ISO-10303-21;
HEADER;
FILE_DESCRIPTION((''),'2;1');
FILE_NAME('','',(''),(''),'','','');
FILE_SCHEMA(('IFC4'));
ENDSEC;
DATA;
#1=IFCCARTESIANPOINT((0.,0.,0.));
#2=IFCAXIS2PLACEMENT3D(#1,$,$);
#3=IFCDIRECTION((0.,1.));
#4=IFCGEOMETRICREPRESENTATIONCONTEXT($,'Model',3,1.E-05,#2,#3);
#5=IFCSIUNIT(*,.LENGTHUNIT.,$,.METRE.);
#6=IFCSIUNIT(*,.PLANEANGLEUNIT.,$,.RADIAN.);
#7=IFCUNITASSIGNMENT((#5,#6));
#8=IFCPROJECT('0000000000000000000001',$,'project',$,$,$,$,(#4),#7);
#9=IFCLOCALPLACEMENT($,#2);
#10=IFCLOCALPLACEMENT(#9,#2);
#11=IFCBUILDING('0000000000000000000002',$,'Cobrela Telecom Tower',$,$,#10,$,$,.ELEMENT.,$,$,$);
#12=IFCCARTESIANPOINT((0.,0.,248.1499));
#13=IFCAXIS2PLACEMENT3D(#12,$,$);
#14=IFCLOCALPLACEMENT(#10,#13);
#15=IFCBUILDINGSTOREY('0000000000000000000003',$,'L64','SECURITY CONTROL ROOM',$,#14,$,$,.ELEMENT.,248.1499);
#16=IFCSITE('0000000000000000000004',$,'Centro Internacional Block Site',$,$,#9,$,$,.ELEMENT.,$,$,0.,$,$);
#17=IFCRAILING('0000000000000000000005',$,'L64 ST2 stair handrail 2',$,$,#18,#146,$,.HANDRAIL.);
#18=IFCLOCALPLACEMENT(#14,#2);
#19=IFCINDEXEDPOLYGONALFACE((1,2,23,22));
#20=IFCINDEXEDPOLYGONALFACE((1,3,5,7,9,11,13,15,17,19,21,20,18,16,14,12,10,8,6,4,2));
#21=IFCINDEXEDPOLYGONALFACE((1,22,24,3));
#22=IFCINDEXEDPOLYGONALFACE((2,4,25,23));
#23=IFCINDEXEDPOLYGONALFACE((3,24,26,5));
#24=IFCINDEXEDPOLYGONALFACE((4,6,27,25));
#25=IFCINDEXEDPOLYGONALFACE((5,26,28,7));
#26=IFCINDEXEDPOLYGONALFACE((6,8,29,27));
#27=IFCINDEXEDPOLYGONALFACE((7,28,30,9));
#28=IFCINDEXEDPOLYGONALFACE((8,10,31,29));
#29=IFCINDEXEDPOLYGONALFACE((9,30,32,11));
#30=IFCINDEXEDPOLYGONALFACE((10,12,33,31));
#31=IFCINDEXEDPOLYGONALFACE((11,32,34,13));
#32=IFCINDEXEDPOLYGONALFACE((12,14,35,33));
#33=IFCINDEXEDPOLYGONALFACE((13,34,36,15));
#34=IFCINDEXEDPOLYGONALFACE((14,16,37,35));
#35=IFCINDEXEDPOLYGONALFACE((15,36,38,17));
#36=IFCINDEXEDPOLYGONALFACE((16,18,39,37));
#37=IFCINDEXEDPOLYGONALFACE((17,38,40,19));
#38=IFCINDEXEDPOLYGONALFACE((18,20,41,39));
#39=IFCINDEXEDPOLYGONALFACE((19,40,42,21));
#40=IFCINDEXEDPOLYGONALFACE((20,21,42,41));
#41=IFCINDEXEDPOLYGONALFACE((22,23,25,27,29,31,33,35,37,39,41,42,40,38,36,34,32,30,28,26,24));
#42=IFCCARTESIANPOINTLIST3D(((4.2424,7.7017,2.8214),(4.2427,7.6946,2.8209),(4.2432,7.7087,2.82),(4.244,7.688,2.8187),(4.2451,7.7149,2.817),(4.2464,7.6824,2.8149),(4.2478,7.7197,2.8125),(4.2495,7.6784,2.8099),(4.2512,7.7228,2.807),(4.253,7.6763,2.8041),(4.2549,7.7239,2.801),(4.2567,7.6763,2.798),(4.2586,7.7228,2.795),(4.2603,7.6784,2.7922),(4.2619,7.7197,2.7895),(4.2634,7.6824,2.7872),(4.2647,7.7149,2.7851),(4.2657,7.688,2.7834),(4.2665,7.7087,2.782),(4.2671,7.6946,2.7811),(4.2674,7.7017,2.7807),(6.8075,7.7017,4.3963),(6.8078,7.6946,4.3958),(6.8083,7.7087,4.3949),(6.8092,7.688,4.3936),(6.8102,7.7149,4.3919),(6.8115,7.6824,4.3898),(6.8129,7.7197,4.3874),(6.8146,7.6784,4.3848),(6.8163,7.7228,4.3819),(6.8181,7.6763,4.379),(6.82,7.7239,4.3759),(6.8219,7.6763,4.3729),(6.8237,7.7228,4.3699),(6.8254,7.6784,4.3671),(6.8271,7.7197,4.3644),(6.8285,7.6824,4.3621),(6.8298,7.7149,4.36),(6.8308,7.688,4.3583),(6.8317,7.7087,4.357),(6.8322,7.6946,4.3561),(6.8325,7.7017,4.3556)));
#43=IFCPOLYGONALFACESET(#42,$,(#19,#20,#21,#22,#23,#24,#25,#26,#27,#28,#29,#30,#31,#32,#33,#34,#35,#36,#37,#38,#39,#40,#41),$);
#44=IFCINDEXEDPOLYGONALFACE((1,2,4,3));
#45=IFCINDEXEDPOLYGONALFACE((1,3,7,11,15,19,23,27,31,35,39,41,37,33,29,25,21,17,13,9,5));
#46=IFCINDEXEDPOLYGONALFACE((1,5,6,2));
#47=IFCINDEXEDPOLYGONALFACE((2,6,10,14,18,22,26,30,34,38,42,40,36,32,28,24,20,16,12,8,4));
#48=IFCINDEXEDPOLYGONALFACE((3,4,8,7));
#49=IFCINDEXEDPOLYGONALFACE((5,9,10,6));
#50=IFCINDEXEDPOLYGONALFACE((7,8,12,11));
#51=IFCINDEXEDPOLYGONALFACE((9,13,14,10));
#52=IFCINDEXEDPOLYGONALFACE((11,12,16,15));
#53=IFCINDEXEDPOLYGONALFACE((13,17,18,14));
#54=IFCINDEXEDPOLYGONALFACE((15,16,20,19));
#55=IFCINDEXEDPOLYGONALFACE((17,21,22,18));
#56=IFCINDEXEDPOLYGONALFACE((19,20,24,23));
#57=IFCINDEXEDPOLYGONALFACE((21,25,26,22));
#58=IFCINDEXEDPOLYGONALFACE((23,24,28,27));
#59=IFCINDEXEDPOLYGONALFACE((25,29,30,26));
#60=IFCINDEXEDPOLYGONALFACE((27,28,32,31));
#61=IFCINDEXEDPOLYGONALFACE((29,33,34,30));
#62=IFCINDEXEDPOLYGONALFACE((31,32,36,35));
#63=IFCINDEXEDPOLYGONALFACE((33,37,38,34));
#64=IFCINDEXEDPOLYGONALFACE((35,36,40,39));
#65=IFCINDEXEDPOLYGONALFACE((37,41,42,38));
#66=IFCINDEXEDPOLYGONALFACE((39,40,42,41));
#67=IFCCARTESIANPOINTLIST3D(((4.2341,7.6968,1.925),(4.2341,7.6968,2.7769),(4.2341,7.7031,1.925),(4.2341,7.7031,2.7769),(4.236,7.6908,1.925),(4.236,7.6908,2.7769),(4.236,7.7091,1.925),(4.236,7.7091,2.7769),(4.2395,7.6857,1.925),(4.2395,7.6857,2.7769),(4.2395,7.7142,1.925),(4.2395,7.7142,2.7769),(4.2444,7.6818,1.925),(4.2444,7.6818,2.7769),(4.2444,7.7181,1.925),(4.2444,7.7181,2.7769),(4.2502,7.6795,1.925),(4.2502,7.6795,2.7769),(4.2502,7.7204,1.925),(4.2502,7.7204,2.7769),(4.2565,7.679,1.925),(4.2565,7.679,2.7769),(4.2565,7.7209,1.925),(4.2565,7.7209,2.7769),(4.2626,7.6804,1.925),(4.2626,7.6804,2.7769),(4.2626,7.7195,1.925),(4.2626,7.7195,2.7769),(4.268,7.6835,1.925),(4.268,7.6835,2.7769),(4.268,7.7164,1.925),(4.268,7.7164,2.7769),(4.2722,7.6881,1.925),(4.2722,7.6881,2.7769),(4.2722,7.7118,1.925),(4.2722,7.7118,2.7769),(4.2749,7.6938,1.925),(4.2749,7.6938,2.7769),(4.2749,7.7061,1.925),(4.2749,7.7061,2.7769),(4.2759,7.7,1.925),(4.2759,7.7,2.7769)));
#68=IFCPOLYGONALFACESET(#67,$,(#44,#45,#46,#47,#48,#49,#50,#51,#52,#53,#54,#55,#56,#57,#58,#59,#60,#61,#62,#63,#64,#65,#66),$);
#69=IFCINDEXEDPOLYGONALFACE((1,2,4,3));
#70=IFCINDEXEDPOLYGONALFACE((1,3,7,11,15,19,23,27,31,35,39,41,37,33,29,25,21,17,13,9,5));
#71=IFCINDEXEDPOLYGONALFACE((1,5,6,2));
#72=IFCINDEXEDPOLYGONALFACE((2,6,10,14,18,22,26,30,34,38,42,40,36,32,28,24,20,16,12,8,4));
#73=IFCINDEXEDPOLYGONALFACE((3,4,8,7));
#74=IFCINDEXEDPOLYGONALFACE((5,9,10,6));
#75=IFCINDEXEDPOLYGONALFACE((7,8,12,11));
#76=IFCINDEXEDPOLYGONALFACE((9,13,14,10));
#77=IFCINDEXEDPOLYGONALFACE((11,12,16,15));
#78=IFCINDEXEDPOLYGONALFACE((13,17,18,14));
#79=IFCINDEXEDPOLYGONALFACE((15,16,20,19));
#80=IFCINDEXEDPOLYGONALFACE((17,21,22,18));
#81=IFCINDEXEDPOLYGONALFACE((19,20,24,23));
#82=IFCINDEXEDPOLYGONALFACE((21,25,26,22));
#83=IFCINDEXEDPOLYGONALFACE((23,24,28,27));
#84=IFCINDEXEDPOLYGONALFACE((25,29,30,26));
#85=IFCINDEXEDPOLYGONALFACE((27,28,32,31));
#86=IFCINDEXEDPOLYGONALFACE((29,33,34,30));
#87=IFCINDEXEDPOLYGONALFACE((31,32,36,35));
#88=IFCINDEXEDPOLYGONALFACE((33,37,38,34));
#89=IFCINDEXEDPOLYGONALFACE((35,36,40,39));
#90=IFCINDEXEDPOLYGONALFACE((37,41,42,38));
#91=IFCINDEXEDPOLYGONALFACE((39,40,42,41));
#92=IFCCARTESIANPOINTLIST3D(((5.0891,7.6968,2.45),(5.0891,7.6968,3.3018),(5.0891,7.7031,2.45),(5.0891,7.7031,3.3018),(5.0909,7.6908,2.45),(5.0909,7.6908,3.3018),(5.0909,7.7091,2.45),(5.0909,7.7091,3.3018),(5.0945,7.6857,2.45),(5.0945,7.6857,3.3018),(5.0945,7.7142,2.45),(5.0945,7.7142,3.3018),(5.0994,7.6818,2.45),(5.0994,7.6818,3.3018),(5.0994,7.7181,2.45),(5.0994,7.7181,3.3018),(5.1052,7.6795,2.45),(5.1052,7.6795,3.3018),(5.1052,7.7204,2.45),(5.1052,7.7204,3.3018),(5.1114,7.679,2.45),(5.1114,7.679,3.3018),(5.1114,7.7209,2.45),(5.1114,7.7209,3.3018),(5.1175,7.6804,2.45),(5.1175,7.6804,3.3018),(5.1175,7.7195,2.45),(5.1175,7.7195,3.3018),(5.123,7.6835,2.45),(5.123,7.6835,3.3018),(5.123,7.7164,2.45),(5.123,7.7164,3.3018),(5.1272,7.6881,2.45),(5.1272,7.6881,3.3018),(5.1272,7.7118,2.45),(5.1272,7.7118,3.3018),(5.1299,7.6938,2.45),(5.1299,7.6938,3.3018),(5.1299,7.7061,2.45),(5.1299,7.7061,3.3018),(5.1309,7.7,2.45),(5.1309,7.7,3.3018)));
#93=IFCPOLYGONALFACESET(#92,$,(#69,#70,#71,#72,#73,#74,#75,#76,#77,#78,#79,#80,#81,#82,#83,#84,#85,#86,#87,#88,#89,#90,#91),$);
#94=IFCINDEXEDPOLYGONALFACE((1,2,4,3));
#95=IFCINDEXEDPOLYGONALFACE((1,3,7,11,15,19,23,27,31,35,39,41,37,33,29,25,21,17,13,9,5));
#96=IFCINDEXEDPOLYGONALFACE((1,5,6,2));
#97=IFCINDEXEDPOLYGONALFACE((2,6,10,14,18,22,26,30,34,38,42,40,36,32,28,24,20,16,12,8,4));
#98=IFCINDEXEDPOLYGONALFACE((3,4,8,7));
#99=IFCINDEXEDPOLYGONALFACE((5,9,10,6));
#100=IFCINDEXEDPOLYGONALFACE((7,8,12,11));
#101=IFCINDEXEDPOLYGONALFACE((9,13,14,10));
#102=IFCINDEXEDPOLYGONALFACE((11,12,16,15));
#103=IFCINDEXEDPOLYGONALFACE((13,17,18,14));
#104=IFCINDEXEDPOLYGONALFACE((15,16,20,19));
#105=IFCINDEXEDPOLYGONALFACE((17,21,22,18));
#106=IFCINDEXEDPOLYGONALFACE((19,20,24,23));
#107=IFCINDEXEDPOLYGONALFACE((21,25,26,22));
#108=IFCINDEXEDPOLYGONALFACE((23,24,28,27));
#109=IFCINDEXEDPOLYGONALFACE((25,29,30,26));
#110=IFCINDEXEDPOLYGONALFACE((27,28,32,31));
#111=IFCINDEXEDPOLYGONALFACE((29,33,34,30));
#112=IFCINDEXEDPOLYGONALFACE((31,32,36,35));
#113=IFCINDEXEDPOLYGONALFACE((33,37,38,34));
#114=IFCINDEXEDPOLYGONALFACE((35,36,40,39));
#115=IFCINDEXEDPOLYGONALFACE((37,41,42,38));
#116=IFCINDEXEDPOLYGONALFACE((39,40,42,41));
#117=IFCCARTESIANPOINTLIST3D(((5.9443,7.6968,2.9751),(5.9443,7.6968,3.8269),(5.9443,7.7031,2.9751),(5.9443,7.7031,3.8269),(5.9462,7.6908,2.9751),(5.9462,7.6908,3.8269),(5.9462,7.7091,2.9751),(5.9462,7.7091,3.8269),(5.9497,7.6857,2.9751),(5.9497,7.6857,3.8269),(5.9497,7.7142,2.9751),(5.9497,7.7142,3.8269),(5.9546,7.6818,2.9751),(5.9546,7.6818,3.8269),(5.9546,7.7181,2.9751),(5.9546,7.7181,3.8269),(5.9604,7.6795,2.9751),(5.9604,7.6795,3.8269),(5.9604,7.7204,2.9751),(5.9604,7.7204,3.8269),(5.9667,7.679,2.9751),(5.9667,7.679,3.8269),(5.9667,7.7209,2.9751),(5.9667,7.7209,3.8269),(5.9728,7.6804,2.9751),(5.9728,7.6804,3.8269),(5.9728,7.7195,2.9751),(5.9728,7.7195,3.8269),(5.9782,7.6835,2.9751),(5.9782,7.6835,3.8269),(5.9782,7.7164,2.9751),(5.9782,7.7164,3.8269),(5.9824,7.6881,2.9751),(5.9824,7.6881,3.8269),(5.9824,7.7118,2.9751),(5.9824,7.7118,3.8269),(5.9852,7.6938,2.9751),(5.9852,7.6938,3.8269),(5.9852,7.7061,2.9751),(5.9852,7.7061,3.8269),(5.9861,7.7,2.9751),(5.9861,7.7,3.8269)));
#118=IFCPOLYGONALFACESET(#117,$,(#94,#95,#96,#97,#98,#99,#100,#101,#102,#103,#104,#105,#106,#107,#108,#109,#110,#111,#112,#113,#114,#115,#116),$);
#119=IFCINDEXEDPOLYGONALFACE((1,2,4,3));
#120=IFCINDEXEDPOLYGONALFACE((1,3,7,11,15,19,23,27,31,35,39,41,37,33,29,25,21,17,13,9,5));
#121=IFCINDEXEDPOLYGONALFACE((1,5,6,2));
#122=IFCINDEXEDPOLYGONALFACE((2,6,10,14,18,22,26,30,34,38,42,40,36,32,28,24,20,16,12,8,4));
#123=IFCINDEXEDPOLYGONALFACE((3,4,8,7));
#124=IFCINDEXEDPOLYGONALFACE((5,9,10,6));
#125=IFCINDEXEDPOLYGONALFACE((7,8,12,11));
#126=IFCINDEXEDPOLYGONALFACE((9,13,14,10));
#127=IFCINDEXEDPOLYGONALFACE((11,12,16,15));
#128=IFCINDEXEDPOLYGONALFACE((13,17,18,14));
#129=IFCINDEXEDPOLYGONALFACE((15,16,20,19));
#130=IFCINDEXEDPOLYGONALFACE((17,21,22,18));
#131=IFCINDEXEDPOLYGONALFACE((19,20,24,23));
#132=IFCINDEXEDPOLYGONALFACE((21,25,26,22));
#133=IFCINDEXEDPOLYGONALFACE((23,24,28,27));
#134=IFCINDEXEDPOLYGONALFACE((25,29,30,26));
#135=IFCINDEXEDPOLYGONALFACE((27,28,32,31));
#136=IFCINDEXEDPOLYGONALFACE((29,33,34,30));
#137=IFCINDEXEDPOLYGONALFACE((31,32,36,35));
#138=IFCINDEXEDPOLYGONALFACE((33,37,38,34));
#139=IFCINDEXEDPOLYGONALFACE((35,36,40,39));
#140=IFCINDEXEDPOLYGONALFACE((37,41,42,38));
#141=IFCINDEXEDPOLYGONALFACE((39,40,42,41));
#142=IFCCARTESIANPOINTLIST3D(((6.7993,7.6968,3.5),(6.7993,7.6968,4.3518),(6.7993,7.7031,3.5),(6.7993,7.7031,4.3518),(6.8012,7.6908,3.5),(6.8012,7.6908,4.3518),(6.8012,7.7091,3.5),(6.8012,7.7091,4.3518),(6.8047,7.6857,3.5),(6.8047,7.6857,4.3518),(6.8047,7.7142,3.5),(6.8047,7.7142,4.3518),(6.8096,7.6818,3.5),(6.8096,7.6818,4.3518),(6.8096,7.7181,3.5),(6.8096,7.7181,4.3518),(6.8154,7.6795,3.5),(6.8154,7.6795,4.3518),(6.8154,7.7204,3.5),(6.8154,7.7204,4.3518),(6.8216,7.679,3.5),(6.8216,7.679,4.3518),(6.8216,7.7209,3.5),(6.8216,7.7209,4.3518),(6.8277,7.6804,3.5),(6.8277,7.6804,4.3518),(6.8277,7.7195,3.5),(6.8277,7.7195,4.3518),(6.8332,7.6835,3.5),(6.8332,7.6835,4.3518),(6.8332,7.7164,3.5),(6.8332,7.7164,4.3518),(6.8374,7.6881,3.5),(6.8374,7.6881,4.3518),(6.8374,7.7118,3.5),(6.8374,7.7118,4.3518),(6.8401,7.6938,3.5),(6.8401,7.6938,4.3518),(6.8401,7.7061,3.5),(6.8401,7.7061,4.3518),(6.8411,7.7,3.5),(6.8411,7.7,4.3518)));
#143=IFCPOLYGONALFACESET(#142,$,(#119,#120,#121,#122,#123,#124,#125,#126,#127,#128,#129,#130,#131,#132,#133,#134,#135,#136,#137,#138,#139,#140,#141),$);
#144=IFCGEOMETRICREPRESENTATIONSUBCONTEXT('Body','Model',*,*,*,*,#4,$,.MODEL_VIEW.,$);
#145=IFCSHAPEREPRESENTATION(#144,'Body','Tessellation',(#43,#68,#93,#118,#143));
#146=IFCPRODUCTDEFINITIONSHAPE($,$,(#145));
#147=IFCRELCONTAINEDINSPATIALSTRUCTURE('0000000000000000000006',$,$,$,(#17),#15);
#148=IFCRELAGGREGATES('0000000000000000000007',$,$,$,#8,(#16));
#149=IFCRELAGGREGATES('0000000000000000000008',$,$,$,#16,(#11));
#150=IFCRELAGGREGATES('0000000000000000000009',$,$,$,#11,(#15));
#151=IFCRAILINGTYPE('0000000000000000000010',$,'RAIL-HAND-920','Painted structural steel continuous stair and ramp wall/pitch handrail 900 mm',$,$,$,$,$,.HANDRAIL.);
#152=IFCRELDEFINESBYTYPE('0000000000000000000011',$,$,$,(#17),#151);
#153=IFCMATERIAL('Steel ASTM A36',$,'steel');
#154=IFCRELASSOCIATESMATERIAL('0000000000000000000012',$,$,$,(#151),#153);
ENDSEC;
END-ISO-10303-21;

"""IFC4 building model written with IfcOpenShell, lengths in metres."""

from ifc_helpers import new_model, si_unit, direction, frame, origin, origin_2d, place, context, subcontext, project, spatial, circle, extrude, material, type_object, element, save


model = new_model("IFC4")

# Units and contexts
model_context = context("Model", 3, precision=1e-05, world=origin(), true_north=direction((0.0, 1.0)))
body_context = subcontext(model_context, "Body", "Model", "MODEL_VIEW")
ifc_project = project(units=[si_unit("LENGTHUNIT", "METRE"), si_unit("PLANEANGLEUNIT", "RADIAN")], contexts=[model_context])

# Site, building, storey
site_placement = place(None, origin())
site = spatial("IfcSite", under=ifc_project, at=site_placement, Name="Centro Internacional Block Site", CompositionType="ELEMENT", RefElevation=0.0)
building_placement = place(site_placement, origin())
building = spatial("IfcBuilding", under=site, at=building_placement, Name="Cobrela Telecom Tower", CompositionType="ELEMENT")
storey_placement = place(building_placement, frame((0.0, 0.0, 248.1499)))
storey = spatial("IfcBuildingStorey", under=building, at=storey_placement, Name="L64", Description="SECURITY CONTROL ROOM", CompositionType="ELEMENT", Elevation=248.1499)

# Railing
ifc_material_1 = material(Name="Steel ASTM A36", Category="steel")
railing_type_1 = type_object("IfcRailingType", Name="RAIL-HAND-920", Description="Painted structural steel continuous stair and ramp wall/pitch handrail 900 mm", PredefinedType="HANDRAIL", material=ifc_material_1)
railing_1_placement = place(storey_placement, frame((4.2549, 7.7, 1.925)))
element("IfcRailing", 1, at=railing_1_placement, inside=storey, type_object=railing_type_1, Name="L64 ST2 stair handrail 2", PredefinedType="HANDRAIL", context=body_context, shape_type="SweptSolid", body=[
    extrude(circle(Radius=0.0239, at=origin_2d()), frame((0.0, 0.0, 0.876), z_axis=(0.852195, 0.0, 0.523224), x_axis=(0.0, 1.0, 0.0)), (0.0, 0.0, 1.0), 3.01),
    extrude(circle(Radius=0.021, at=origin_2d()), origin(), (0.0, 0.0, 1.0), 0.8518),
    extrude(circle(Radius=0.021, at=origin_2d()), frame((0.855, 0.0, 0.5249)), (0.0, 0.0, 1.0), 0.8518),
    extrude(circle(Radius=0.021, at=origin_2d()), frame((1.7102, 0.0, 1.05)), (0.0, 0.0, 1.0), 0.8518),
    extrude(circle(Radius=0.021, at=origin_2d()), frame((2.5652, 0.0, 1.575)), (0.0, 0.0, 1.0), 0.8518),
])

save(model, "model.ifc")
